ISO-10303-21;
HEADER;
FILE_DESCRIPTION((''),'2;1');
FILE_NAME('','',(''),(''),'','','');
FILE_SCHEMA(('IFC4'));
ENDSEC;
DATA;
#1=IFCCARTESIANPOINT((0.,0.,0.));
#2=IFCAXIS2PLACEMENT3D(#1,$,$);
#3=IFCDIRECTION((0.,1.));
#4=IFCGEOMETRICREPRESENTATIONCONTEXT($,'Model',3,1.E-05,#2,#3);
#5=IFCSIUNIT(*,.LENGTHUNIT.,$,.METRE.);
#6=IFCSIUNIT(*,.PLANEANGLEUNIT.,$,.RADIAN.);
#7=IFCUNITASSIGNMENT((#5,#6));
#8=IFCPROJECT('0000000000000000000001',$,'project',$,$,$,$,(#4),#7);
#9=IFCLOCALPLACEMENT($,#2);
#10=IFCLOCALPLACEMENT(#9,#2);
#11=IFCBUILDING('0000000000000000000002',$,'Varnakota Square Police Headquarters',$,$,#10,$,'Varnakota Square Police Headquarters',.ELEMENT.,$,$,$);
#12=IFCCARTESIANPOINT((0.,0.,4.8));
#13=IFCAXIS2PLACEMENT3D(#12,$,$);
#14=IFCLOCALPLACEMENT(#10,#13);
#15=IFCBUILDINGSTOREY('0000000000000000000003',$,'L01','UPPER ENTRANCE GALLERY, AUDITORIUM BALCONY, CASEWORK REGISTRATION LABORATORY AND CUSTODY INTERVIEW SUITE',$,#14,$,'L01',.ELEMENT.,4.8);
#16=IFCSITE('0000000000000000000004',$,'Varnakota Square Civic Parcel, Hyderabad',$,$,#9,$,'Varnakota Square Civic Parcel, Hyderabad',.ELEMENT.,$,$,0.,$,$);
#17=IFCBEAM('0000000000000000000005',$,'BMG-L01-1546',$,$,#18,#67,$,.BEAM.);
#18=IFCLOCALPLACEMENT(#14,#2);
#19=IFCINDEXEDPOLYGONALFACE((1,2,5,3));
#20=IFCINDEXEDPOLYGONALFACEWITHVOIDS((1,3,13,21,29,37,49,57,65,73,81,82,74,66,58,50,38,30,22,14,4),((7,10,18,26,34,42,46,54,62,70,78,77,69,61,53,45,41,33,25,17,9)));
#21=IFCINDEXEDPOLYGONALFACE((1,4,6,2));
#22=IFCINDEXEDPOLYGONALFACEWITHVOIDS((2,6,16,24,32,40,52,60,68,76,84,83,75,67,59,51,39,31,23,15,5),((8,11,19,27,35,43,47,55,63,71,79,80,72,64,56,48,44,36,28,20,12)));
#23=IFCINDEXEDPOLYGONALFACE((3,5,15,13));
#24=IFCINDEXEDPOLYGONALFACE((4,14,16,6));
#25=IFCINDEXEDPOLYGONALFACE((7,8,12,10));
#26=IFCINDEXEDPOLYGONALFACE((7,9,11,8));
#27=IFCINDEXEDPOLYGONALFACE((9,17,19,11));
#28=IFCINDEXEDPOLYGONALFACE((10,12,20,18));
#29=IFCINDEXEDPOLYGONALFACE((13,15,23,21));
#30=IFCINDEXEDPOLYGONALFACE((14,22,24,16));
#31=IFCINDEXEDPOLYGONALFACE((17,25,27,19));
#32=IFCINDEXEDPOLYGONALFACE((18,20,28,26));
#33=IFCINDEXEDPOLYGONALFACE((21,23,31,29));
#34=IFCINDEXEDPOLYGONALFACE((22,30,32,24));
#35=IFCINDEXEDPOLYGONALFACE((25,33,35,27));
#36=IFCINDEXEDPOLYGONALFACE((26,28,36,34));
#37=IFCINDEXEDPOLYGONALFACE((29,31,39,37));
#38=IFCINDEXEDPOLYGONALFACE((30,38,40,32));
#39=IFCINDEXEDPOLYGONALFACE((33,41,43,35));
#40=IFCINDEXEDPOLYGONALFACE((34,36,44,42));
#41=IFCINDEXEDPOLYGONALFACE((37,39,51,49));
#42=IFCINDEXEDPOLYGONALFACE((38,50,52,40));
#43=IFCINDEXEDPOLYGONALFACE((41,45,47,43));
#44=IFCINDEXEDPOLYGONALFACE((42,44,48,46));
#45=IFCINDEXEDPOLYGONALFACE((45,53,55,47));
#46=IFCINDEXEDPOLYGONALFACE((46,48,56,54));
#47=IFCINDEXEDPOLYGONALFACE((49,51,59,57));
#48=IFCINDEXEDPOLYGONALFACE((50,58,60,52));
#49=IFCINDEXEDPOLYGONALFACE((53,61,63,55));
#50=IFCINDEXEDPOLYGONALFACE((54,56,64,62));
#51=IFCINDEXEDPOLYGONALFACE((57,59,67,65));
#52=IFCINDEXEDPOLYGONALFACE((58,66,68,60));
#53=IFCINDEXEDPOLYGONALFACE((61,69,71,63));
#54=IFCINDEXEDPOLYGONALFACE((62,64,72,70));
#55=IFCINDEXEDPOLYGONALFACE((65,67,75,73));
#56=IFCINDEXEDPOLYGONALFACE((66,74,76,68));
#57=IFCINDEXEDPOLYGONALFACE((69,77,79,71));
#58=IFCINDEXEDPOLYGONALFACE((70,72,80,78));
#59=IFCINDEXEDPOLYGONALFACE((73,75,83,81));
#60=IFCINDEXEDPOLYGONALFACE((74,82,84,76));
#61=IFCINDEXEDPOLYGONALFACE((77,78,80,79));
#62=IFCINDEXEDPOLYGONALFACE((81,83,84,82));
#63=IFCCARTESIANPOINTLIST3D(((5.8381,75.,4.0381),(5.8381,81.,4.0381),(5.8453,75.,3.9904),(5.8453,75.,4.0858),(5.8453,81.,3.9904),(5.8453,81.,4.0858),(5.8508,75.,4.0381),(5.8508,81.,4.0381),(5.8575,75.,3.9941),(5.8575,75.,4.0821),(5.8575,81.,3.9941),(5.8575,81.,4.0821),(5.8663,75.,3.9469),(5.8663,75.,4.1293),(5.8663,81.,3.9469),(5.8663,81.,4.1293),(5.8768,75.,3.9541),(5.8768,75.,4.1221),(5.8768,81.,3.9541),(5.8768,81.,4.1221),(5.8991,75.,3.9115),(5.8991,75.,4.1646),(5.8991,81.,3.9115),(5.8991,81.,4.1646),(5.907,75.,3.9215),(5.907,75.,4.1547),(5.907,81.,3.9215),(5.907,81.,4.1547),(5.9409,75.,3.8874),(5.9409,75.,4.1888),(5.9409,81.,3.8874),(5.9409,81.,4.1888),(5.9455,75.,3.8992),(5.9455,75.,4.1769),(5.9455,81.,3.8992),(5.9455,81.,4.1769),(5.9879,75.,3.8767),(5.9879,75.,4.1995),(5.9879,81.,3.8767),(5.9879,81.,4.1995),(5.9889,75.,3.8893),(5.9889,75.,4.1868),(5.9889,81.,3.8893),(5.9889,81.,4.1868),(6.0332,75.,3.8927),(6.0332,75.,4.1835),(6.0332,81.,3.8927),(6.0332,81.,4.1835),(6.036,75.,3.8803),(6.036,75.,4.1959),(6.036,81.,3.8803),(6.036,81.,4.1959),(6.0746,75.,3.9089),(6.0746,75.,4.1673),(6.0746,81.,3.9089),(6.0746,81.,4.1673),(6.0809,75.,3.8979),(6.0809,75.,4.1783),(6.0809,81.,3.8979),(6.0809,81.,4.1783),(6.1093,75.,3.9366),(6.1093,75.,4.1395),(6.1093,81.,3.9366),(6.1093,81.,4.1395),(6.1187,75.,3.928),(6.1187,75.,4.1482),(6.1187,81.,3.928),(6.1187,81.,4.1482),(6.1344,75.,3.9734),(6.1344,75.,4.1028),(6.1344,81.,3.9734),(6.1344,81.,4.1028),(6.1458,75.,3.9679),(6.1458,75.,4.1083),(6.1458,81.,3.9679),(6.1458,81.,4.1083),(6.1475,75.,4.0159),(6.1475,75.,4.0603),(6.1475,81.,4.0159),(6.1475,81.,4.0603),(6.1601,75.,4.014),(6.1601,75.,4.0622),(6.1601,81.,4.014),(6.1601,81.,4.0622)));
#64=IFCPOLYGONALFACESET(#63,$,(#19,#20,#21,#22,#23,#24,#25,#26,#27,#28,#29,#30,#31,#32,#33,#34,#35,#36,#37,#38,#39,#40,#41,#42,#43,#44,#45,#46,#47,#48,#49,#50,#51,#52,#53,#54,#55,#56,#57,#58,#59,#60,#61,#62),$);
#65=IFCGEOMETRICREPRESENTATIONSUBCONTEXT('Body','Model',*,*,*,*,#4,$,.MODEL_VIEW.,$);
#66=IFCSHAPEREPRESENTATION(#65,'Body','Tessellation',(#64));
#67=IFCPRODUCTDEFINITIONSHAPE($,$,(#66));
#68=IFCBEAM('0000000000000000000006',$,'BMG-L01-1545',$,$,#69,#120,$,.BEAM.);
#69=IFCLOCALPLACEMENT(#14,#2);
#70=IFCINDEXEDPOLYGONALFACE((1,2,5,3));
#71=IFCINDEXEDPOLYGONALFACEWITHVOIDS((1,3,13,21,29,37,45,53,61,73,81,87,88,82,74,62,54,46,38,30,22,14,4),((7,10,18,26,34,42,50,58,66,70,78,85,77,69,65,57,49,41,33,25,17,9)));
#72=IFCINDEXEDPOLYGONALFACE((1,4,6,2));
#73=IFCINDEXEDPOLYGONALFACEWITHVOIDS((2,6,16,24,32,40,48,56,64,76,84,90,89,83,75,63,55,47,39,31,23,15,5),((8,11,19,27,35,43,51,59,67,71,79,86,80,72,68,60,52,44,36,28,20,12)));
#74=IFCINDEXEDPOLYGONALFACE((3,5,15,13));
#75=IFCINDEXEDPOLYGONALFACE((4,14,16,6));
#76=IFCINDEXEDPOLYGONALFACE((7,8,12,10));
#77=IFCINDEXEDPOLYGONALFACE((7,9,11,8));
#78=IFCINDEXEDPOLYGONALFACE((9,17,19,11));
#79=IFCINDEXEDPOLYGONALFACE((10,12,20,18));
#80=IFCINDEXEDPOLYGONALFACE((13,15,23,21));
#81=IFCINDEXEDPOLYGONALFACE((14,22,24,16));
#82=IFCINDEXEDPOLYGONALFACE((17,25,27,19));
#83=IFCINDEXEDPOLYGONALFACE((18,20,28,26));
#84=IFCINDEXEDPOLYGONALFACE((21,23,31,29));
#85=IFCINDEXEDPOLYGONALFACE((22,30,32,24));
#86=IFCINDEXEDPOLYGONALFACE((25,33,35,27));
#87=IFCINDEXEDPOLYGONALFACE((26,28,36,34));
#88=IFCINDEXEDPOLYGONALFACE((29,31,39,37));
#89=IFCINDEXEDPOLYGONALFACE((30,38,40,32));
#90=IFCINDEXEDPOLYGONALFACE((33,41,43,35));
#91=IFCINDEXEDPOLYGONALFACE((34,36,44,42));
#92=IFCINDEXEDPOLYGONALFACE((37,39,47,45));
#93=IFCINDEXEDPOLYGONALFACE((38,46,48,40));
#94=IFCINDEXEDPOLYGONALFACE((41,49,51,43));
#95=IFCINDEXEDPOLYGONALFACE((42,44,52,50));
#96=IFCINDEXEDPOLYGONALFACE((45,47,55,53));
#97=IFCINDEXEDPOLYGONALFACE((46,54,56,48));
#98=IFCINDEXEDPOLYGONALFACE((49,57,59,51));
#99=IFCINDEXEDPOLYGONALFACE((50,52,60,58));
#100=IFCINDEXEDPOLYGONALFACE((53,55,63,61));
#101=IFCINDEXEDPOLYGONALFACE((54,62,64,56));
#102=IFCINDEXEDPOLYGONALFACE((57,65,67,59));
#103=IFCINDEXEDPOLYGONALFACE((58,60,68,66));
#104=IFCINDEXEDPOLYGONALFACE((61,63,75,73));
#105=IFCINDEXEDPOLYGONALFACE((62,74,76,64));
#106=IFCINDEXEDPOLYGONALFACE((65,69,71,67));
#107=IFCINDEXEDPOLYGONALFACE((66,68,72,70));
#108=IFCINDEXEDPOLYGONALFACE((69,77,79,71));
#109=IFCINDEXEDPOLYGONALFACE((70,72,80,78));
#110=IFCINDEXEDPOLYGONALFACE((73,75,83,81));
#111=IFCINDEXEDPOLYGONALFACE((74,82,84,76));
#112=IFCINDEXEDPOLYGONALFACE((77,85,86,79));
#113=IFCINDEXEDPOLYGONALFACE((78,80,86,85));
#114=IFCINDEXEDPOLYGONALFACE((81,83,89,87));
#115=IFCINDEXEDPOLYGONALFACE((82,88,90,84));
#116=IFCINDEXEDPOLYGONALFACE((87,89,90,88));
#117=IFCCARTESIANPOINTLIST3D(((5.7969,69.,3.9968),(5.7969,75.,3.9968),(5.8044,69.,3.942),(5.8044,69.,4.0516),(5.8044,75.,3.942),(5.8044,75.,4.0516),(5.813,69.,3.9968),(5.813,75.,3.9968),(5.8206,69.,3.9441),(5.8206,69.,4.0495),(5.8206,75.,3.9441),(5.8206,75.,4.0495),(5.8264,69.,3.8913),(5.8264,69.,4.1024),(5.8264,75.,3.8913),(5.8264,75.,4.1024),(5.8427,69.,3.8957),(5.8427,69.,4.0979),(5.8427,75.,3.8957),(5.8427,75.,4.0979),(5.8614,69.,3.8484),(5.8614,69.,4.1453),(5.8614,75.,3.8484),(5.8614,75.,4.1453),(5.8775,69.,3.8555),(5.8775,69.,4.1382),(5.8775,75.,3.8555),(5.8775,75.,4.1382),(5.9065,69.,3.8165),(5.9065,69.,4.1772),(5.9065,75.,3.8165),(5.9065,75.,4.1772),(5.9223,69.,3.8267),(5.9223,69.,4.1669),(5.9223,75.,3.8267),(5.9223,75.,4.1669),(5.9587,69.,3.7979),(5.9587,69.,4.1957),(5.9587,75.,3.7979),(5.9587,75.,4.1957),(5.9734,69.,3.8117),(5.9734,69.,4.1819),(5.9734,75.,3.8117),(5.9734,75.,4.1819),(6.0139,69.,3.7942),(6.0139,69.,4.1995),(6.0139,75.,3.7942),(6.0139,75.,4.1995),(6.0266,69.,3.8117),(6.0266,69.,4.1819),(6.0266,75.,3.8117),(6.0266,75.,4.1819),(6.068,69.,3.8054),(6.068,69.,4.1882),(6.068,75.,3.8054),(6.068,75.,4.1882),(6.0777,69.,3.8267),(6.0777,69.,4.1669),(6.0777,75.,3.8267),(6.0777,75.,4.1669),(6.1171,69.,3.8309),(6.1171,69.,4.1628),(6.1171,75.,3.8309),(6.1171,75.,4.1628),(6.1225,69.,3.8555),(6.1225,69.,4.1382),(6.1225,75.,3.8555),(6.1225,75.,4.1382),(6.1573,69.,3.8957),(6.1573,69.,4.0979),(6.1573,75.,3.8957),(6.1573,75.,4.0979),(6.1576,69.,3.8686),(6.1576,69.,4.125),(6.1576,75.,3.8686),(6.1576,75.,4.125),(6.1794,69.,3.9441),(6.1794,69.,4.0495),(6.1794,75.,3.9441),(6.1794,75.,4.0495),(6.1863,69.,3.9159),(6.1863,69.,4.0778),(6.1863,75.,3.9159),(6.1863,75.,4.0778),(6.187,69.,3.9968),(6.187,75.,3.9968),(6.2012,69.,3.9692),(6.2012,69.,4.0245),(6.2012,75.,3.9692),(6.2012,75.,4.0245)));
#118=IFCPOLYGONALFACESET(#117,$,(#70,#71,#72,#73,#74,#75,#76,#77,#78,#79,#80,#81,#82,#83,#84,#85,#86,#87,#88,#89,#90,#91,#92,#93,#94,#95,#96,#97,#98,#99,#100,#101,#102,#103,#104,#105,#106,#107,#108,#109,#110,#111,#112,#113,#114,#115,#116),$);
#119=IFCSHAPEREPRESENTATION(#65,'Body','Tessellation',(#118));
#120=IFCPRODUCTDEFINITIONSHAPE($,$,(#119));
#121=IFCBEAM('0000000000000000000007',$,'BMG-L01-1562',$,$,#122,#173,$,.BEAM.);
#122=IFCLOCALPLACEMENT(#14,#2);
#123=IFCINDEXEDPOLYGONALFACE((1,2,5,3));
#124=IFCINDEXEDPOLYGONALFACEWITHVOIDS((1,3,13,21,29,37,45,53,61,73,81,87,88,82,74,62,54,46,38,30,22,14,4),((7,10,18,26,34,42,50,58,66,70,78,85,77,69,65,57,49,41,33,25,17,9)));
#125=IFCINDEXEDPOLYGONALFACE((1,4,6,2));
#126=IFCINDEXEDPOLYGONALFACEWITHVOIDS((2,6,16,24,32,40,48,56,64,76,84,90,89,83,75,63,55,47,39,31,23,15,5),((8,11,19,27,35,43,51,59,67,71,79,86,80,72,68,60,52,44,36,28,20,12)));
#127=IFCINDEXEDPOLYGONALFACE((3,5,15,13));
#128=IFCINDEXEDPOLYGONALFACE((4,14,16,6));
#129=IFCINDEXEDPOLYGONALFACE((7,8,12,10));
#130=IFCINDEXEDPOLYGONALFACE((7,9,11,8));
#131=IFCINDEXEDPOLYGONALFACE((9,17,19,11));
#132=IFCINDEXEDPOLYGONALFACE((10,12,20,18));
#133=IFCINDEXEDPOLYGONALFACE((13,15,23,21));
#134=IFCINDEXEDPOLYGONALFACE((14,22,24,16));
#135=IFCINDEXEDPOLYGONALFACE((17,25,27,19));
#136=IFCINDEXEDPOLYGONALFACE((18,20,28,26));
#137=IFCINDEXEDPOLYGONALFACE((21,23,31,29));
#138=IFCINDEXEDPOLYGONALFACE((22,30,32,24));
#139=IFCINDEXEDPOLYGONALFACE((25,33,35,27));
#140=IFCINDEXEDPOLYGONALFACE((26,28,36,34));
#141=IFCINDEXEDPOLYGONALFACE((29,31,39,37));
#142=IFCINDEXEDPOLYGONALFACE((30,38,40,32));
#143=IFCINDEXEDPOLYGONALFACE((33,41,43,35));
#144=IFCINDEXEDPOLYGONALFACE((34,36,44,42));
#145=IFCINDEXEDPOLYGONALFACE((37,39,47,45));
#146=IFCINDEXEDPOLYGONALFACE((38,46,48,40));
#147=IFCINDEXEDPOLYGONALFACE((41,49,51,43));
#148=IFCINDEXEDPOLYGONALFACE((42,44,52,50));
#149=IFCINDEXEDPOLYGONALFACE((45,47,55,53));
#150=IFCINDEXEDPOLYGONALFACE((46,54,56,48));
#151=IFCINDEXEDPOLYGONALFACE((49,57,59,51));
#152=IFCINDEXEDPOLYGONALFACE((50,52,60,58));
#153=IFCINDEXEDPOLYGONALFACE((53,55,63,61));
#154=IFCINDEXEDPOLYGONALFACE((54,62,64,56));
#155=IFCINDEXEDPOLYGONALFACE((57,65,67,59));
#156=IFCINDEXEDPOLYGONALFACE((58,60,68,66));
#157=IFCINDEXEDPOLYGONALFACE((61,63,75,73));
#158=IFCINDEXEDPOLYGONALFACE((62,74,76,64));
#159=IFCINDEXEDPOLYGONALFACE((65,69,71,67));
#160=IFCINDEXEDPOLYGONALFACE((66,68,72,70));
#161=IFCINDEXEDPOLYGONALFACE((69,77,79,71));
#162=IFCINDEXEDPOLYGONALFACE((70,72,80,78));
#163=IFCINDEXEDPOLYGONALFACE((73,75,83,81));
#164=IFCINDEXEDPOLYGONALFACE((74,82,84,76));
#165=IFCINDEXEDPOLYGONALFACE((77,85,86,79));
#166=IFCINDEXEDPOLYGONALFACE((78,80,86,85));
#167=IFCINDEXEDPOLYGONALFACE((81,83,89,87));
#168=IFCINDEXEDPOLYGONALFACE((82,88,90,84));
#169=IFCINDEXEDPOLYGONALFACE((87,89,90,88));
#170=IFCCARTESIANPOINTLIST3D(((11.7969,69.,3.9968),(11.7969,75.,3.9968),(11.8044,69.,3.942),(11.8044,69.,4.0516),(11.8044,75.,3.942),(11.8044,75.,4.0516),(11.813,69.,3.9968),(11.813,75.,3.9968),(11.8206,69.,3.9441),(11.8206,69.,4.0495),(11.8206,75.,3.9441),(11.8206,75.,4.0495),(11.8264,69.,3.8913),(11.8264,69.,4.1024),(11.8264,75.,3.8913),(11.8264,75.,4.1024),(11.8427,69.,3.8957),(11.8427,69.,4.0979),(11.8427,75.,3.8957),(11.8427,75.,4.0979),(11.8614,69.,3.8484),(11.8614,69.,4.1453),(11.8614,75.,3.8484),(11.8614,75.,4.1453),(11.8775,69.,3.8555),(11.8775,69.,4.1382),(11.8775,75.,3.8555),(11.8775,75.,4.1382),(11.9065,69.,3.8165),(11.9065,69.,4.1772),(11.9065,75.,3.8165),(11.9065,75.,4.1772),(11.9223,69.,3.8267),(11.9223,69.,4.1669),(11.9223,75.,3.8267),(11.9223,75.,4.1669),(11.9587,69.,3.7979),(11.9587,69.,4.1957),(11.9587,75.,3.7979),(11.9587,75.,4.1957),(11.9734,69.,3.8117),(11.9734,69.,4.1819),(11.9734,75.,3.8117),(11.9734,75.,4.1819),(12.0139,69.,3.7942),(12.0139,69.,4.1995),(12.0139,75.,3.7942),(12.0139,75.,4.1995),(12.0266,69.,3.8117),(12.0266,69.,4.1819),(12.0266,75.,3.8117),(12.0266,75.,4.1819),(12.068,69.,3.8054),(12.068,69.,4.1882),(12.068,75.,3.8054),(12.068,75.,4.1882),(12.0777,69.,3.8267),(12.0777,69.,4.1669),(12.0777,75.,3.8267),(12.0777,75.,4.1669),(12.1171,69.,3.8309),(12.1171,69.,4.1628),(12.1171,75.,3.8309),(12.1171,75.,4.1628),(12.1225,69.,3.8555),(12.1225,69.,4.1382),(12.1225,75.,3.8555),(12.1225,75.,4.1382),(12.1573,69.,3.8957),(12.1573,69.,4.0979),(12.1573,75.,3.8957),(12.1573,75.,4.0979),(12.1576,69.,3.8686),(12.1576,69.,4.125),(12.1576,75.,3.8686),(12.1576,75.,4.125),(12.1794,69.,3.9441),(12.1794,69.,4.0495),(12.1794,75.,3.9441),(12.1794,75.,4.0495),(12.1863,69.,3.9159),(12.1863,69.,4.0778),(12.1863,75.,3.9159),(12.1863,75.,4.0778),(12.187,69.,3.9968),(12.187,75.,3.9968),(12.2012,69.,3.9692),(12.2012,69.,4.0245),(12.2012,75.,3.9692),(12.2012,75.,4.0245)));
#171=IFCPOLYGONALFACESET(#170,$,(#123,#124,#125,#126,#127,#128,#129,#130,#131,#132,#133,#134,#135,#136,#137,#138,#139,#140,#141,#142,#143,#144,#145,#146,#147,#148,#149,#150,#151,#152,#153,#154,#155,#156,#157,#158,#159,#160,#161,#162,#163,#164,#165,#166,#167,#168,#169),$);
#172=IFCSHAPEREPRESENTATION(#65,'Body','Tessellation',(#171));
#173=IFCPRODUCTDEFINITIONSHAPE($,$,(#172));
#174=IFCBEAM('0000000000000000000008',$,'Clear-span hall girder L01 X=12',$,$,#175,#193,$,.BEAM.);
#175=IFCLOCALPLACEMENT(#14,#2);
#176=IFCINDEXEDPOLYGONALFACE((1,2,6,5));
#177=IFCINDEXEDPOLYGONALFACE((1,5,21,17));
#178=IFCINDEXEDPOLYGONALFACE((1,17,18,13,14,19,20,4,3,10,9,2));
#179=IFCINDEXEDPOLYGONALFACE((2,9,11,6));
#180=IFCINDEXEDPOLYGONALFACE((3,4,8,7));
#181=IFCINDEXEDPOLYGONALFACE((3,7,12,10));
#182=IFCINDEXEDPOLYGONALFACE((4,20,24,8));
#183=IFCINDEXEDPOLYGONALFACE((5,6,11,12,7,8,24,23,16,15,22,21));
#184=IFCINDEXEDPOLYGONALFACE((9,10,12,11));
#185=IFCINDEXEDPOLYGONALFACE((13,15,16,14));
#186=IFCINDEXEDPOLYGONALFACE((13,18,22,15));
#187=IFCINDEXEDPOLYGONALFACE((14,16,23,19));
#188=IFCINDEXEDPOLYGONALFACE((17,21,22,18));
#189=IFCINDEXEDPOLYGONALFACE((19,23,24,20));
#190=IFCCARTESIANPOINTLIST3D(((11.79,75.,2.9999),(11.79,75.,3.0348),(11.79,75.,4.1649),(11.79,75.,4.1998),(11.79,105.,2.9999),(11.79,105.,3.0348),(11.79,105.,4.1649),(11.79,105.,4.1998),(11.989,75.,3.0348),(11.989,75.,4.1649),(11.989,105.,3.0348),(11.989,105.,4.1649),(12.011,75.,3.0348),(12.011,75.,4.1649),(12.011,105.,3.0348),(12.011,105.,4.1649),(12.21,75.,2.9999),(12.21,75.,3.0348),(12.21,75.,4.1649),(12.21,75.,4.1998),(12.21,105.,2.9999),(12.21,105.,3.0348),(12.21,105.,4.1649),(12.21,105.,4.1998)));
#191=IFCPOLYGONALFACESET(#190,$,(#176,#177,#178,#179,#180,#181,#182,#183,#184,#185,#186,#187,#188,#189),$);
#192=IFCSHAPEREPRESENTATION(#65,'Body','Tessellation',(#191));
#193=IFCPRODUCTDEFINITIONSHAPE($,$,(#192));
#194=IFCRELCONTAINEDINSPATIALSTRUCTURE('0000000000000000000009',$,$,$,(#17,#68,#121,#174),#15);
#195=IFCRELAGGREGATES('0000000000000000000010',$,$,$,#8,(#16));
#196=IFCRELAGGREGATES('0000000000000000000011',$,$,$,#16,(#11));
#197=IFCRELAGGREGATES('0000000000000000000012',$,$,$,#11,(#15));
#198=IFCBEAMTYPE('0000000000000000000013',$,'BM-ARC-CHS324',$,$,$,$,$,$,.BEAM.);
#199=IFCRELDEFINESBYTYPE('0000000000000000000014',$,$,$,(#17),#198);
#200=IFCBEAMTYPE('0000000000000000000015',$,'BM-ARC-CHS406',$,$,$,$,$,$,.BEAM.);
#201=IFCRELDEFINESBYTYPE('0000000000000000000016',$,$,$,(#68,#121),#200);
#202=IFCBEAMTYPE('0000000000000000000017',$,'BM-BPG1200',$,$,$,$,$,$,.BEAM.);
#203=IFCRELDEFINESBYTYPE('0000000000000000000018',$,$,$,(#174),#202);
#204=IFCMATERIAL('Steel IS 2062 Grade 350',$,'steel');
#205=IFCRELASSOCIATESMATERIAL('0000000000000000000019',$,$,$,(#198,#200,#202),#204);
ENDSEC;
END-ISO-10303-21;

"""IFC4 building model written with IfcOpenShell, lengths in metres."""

from ifc_helpers import new_model, si_unit, direction, frame, origin, origin_2d, place, context, subcontext, project, spatial, hollow_circle, i_section, extrude, material, material_profile, profile_set, type_object, element, save


model = new_model("IFC4")

# Units and contexts
model_context = context("Model", 3, precision=1e-05, world=origin(), true_north=direction((0.0, 1.0)))
body_context = subcontext(model_context, "Body", "Model", "MODEL_VIEW")
ifc_project = project(units=[si_unit("LENGTHUNIT", "METRE"), si_unit("PLANEANGLEUNIT", "RADIAN")], contexts=[model_context])

# Site, building, storey
site_placement = place(None, origin())
site = spatial("IfcSite", under=ifc_project, at=site_placement, Name="Varnakota Square Civic Parcel, Hyderabad", LongName="Varnakota Square Civic Parcel, Hyderabad", CompositionType="ELEMENT", RefElevation=0.0)
building_placement = place(site_placement, origin())
building = spatial("IfcBuilding", under=site, at=building_placement, Name="Varnakota Square Police Headquarters", LongName="Varnakota Square Police Headquarters", CompositionType="ELEMENT")
storey_placement = place(building_placement, frame((0.0, 0.0, 4.8)))
storey = spatial("IfcBuildingStorey", under=building, at=storey_placement, Name="L01", Description="UPPER ENTRANCE GALLERY, AUDITORIUM BALCONY, CASEWORK REGISTRATION LABORATORY AND CUSTODY INTERVIEW SUITE", LongName="L01", CompositionType="ELEMENT", Elevation=4.8)

# Shared definitions
ifc_material_1 = material(Name="Steel IS 2062 Grade 350", Category="steel")

# Beams
ifc_material_profile_1 = material_profile(ifc_material_1, hollow_circle(Radius=0.1619, WallThickness=0.0127, at=origin_2d()), Name="CHS 323.9x12.7")
ifc_profile_set_1 = profile_set([ifc_material_profile_1], Name="Steel IS 2062 Grade 350")
beam_type_1 = type_object("IfcBeamType", Name="BM-ARC-CHS324", PredefinedType="BEAM", material=ifc_profile_set_1)
beam_1_placement = place(storey_placement, frame((6.0, 75.0, 4.0381), z_axis=(0.0, 1.0, 0.0), x_axis=(-1.0, 0.0, 0.0)))
element("IfcBeam", 1, at=beam_1_placement, inside=storey, type_object=beam_type_1, Name="BMG-L01-1546", PredefinedType="BEAM", context=body_context, shape_type="SweptSolid", body=[
    extrude(hollow_circle(Radius=0.1619, WallThickness=0.0127, at=origin_2d()), origin(), (0.0, 0.0, 1.0), 6.0),
])
ifc_material_profile_2 = material_profile(ifc_material_1, hollow_circle(Radius=0.2031, WallThickness=0.0161, at=origin_2d()), Name="CHS 406.4x16.0")
ifc_profile_set_2 = profile_set([ifc_material_profile_2], Name="Steel IS 2062 Grade 350")
beam_type_2 = type_object("IfcBeamType", Name="BM-ARC-CHS406", PredefinedType="BEAM", material=ifc_profile_set_2)
for number, where, z_axis, x_axis, name in (
    (2, (6.0, 69.0, 3.9968), (0.0, 1.0, 0.0), (-1.0, 0.0, 0.0), "BMG-L01-1545"),
    (3, (12.0, 69.0, 3.9968), (0.0, 1.0, 0.0), (-1.0, 0.0, 0.0), "BMG-L01-1562"),
):
    element("IfcBeam", number, at=place(storey_placement, frame(where, z_axis=z_axis, x_axis=x_axis)), inside=storey, type_object=beam_type_2, Name=name, PredefinedType="BEAM", context=body_context, shape_type="SweptSolid", body=[
        extrude(hollow_circle(Radius=0.2031, WallThickness=0.0161, at=origin_2d()), origin(), (0.0, 0.0, 1.0), 6.0),
    ])
ifc_material_profile_3 = material_profile(ifc_material_1, i_section(OverallWidth=0.4199, OverallDepth=1.2, WebThickness=0.022, FlangeThickness=0.0349, at=origin_2d()), Name="BPG 1200x420")
ifc_profile_set_3 = profile_set([ifc_material_profile_3], Name="Steel IS 2062 Grade 350")
beam_type_3 = type_object("IfcBeamType", Name="BM-BPG1200", PredefinedType="BEAM", material=ifc_profile_set_3)
beam_2_placement = place(storey_placement, frame((12.0, 75.0, 3.5999), z_axis=(0.0, 1.0, 0.0), x_axis=(-1.0, 0.0, 0.0)))
element("IfcBeam", 4, at=beam_2_placement, inside=storey, type_object=beam_type_3, Name="Clear-span hall girder L01 X=12", PredefinedType="BEAM", context=body_context, shape_type="SweptSolid", body=[
    extrude(i_section(OverallWidth=0.4199, OverallDepth=1.2, WebThickness=0.022, FlangeThickness=0.0349, at=origin_2d()), origin(), (0.0, 0.0, 1.0), 30.0),
])

save(model, "model.ifc")
